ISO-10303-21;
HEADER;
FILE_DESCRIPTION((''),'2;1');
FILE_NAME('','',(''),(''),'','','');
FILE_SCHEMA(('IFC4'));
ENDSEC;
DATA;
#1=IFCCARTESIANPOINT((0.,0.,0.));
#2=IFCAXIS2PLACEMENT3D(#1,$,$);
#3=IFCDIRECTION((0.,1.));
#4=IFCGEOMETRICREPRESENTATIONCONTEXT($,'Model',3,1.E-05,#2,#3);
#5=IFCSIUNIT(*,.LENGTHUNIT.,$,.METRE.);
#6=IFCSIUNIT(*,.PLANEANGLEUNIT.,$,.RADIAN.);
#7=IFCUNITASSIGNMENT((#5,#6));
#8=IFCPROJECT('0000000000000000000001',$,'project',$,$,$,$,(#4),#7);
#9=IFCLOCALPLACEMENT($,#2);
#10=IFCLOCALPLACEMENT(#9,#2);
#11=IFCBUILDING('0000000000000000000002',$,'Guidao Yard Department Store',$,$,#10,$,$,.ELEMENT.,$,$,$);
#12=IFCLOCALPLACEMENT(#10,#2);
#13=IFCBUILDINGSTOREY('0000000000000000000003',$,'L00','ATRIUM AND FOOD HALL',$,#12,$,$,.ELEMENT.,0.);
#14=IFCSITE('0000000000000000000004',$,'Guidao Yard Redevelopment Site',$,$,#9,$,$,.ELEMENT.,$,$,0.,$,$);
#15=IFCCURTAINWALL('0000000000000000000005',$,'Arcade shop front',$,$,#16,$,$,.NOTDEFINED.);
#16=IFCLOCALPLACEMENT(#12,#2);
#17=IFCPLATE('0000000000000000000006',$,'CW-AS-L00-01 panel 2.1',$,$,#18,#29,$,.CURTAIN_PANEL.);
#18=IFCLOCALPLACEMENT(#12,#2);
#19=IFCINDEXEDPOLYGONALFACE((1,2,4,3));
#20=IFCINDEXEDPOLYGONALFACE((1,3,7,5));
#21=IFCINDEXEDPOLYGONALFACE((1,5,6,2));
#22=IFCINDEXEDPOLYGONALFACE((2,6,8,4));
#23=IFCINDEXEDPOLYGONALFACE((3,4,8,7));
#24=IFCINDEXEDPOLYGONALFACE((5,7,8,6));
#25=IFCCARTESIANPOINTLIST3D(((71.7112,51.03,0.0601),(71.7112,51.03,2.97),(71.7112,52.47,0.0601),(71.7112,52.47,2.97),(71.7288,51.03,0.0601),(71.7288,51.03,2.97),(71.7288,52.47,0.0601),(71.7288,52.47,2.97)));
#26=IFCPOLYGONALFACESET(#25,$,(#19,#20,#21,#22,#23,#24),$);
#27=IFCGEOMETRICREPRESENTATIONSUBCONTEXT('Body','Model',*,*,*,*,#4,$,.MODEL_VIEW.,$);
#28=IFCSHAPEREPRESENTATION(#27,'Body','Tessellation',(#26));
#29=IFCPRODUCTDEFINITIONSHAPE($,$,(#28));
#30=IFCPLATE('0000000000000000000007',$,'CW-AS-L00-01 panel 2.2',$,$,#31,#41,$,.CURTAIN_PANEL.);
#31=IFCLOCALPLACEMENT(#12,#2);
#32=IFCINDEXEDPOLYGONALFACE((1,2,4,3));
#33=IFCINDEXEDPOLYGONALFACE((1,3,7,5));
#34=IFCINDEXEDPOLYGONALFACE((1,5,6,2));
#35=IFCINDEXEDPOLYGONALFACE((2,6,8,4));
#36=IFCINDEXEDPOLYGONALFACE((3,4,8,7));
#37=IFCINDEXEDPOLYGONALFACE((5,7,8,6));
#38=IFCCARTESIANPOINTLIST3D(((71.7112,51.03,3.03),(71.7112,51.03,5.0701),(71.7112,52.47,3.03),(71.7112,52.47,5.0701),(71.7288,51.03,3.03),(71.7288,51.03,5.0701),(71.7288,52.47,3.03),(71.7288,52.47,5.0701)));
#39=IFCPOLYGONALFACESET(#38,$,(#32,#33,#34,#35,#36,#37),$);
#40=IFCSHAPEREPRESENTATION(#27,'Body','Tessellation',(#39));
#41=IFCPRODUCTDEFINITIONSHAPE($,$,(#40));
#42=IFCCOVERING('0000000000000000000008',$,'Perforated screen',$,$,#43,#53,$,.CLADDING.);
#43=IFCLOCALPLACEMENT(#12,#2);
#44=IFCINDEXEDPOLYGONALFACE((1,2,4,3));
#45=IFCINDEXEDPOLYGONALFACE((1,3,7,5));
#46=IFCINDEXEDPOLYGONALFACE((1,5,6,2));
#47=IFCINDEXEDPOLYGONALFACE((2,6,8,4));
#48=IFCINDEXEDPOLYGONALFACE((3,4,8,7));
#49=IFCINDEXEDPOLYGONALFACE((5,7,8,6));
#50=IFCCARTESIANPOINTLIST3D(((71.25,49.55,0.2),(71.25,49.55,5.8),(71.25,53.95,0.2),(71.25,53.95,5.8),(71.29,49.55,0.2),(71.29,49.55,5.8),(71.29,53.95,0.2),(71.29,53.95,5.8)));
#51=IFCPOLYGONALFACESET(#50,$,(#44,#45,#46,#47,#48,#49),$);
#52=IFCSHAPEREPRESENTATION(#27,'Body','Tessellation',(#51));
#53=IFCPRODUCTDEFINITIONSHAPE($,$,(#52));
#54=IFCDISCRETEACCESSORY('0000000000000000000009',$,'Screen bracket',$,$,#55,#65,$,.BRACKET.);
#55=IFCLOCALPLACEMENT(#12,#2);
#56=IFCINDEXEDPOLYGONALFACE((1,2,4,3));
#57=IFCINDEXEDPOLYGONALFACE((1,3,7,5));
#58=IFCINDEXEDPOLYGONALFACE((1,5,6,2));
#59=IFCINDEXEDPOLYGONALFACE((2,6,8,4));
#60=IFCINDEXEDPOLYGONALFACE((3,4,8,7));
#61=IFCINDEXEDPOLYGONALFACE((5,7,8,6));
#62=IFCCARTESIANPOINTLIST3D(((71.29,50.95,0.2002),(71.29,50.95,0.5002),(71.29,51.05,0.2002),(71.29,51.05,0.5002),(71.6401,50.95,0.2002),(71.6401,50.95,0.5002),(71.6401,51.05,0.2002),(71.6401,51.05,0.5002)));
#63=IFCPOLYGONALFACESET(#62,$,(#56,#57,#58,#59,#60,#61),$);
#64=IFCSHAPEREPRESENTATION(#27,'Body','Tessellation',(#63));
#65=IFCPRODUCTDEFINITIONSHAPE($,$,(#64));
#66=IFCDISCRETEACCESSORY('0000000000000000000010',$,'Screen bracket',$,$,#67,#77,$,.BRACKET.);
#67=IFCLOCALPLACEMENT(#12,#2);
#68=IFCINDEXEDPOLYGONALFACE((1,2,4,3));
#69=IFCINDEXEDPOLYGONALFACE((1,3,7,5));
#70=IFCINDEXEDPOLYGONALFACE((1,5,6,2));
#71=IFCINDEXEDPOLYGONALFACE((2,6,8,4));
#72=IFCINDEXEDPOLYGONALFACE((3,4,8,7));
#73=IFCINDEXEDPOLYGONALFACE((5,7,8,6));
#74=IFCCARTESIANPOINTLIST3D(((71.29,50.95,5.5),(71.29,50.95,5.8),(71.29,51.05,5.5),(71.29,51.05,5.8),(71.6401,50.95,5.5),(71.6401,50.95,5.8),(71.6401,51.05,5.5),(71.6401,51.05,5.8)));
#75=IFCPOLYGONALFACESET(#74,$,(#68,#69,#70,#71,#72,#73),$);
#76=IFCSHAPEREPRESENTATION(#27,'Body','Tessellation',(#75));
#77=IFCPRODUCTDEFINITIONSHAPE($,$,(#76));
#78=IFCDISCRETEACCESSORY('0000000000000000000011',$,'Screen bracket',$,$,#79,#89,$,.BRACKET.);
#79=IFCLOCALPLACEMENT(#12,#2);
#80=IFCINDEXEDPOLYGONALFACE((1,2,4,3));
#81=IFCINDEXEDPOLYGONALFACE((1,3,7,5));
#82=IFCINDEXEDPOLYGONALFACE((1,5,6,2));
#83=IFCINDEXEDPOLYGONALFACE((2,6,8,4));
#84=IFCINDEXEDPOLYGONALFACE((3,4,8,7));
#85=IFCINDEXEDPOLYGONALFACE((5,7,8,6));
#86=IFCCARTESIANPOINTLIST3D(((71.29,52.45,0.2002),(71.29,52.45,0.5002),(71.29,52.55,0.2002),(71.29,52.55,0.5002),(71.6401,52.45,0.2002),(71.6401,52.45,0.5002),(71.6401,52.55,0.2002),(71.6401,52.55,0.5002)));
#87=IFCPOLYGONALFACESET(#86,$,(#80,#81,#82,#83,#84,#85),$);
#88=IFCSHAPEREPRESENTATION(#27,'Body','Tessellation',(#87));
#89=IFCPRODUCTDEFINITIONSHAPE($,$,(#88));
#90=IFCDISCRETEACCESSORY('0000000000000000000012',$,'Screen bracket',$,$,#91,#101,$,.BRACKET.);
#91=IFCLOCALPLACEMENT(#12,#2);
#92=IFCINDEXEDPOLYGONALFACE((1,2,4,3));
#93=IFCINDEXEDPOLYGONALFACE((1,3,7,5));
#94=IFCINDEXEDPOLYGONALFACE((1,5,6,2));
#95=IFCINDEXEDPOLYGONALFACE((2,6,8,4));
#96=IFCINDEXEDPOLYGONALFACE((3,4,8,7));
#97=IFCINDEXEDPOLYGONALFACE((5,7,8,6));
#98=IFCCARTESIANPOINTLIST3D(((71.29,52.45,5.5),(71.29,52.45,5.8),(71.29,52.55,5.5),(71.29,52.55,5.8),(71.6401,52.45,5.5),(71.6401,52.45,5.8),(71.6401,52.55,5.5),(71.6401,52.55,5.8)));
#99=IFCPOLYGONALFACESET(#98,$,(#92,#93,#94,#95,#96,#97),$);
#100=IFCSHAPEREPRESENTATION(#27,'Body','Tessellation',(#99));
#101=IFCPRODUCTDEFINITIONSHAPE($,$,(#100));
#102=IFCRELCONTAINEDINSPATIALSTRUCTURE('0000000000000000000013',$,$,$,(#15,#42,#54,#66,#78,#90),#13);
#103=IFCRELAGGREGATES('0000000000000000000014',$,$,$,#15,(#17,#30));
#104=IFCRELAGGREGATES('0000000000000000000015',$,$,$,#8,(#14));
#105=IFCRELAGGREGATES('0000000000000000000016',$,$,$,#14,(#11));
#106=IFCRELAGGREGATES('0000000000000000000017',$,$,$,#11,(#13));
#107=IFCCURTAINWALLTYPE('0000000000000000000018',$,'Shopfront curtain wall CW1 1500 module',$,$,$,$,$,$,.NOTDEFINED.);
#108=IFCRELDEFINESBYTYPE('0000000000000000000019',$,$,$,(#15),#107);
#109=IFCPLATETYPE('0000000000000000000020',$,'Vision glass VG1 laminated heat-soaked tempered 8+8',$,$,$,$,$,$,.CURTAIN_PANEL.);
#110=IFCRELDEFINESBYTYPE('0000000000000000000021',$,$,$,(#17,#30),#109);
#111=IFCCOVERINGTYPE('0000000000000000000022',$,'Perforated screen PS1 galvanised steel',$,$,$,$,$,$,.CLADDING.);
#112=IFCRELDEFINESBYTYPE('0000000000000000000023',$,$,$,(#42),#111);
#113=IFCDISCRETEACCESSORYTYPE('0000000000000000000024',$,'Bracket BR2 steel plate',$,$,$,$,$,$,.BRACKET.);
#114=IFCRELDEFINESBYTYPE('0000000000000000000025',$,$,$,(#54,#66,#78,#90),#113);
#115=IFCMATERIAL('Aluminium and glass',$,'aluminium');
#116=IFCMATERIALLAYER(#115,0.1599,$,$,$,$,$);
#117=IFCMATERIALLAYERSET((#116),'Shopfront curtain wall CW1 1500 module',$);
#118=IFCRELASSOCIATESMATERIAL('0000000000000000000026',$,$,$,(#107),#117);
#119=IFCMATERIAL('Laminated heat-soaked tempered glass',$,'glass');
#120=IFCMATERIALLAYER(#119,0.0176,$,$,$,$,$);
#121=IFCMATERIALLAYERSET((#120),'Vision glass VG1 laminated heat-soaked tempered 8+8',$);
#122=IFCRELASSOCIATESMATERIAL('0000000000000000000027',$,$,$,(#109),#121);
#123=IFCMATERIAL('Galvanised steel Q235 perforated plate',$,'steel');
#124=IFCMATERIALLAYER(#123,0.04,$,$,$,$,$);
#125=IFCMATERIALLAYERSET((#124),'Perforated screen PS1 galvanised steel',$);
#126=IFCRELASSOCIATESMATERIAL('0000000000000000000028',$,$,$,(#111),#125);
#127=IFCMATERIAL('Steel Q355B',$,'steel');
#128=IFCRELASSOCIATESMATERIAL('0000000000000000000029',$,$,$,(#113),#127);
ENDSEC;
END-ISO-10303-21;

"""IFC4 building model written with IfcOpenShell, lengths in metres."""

from ifc_helpers import new_model, si_unit, direction, frame, origin, origin_2d, place, context, subcontext, project, spatial, rectangle, extrude, material, layer, layer_set, type_object, element, aggregate, save


model = new_model("IFC4")

# Units and contexts
model_context = context("Model", 3, precision=1e-05, world=origin(), true_north=direction((0.0, 1.0)))
body_context = subcontext(model_context, "Body", "Model", "MODEL_VIEW")
ifc_project = project(units=[si_unit("LENGTHUNIT", "METRE"), si_unit("PLANEANGLEUNIT", "RADIAN")], contexts=[model_context])

# Site, building, storey
site_placement = place(None, origin())
site = spatial("IfcSite", under=ifc_project, at=site_placement, Name="Guidao Yard Redevelopment Site", CompositionType="ELEMENT", RefElevation=0.0)
building_placement = place(site_placement, origin())
building = spatial("IfcBuilding", under=site, at=building_placement, Name="Guidao Yard Department Store", CompositionType="ELEMENT")
storey_placement = place(building_placement, origin())
storey = spatial("IfcBuildingStorey", under=building, at=storey_placement, Name="L00", Description="ATRIUM AND FOOD HALL", CompositionType="ELEMENT", Elevation=0.0)

# Curtain wall, plates
ifc_material_1 = material(Name="Aluminium and glass", Category="aluminium")
ifc_layer_1 = layer(ifc_material_1, 0.1599)
ifc_layer_set_1 = layer_set([ifc_layer_1], Name="Shopfront curtain wall CW1 1500 module")
curtain_wall_type = type_object("IfcCurtainWallType", Name="Shopfront curtain wall CW1 1500 module", PredefinedType="NOTDEFINED", material=ifc_layer_set_1)
curtain_wall_placement = place(storey_placement, origin())
curtain_wall = element("IfcCurtainWall", 1, at=curtain_wall_placement, inside=storey, type_object=curtain_wall_type, Name="Arcade shop front", PredefinedType="NOTDEFINED")
ifc_material_2 = material(Name="Laminated heat-soaked tempered glass", Category="glass")
ifc_layer_2 = layer(ifc_material_2, 0.0176)
ifc_layer_set_2 = layer_set([ifc_layer_2], Name="Vision glass VG1 laminated heat-soaked tempered 8+8")
plate_type_1 = type_object("IfcPlateType", Name="Vision glass VG1 laminated heat-soaked tempered 8+8", PredefinedType="CURTAIN_PANEL", material=ifc_layer_set_2)
plate_1_placement = place(storey_placement, frame((71.72, 51.75, 0.0601), z_axis=(0.0, 0.0, 1.0), x_axis=(0.0, 1.0, 0.0)))
plate_1 = element("IfcPlate", 2, at=plate_1_placement, type_object=plate_type_1, Name="CW-AS-L00-01 panel 2.1", PredefinedType="CURTAIN_PANEL", context=body_context, shape_type="SweptSolid", body=[
    extrude(rectangle(XDim=1.4399, YDim=0.0176, at=origin_2d()), origin(), (0.0, 0.0, 1.0), 2.9099),
])
plate_2_placement = place(storey_placement, frame((71.72, 51.75, 3.03), z_axis=(0.0, 0.0, 1.0), x_axis=(0.0, 1.0, 0.0)))
plate_2 = element("IfcPlate", 3, at=plate_2_placement, type_object=plate_type_1, Name="CW-AS-L00-01 panel 2.2", PredefinedType="CURTAIN_PANEL", context=body_context, shape_type="SweptSolid", body=[
    extrude(rectangle(XDim=1.4399, YDim=0.0176, at=origin_2d()), origin(), (0.0, 0.0, 1.0), 2.04),
])
aggregate(curtain_wall, [plate_1, plate_2])

# Covering
ifc_material_3 = material(Name="Galvanised steel Q235 perforated plate", Category="steel")
ifc_layer_3 = layer(ifc_material_3, 0.04)
ifc_layer_set_3 = layer_set([ifc_layer_3], Name="Perforated screen PS1 galvanised steel")
covering_type = type_object("IfcCoveringType", Name="Perforated screen PS1 galvanised steel", PredefinedType="CLADDING", material=ifc_layer_set_3)
covering_placement = place(storey_placement, frame((71.27, 51.75, 0.2), z_axis=(0.0, 0.0, 1.0), x_axis=(0.0, 1.0, 0.0)))
element("IfcCovering", 4, at=covering_placement, inside=storey, type_object=covering_type, Name="Perforated screen", PredefinedType="CLADDING", context=body_context, shape_type="SweptSolid", body=[
    extrude(rectangle(XDim=4.3999, YDim=0.04, at=origin_2d()), origin(), (0.0, 0.0, 1.0), 5.6001),
])

# Discrete accessories
ifc_material_4 = material(Name="Steel Q355B", Category="steel")
discrete_accessory_type = type_object("IfcDiscreteAccessoryType", Name="Bracket BR2 steel plate", PredefinedType="BRACKET", material=ifc_material_4)
for number, where, z_axis, x_axis, name in (
    (5, (71.4651, 51.0, 0.2002), (0.0, 0.0, 1.0), (0.0, 1.0, 0.0), "Screen bracket"),
    (6, (71.4651, 51.0, 5.5), (0.0, 0.0, 1.0), (0.0, 1.0, 0.0), "Screen bracket"),
    (7, (71.4651, 52.5, 0.2002), (0.0, 0.0, 1.0), (0.0, 1.0, 0.0), "Screen bracket"),
    (8, (71.4651, 52.5, 5.5), (0.0, 0.0, 1.0), (0.0, 1.0, 0.0), "Screen bracket"),
):
    element("IfcDiscreteAccessory", number, at=place(storey_placement, frame(where, z_axis=z_axis, x_axis=x_axis)), inside=storey, type_object=discrete_accessory_type, Name=name, PredefinedType="BRACKET", context=body_context, shape_type="SweptSolid", body=[
        extrude(rectangle(XDim=0.1001, YDim=0.3501, at=origin_2d()), origin(), (0.0, 0.0, 1.0), 0.3),
    ])

save(model, "model.ifc")
